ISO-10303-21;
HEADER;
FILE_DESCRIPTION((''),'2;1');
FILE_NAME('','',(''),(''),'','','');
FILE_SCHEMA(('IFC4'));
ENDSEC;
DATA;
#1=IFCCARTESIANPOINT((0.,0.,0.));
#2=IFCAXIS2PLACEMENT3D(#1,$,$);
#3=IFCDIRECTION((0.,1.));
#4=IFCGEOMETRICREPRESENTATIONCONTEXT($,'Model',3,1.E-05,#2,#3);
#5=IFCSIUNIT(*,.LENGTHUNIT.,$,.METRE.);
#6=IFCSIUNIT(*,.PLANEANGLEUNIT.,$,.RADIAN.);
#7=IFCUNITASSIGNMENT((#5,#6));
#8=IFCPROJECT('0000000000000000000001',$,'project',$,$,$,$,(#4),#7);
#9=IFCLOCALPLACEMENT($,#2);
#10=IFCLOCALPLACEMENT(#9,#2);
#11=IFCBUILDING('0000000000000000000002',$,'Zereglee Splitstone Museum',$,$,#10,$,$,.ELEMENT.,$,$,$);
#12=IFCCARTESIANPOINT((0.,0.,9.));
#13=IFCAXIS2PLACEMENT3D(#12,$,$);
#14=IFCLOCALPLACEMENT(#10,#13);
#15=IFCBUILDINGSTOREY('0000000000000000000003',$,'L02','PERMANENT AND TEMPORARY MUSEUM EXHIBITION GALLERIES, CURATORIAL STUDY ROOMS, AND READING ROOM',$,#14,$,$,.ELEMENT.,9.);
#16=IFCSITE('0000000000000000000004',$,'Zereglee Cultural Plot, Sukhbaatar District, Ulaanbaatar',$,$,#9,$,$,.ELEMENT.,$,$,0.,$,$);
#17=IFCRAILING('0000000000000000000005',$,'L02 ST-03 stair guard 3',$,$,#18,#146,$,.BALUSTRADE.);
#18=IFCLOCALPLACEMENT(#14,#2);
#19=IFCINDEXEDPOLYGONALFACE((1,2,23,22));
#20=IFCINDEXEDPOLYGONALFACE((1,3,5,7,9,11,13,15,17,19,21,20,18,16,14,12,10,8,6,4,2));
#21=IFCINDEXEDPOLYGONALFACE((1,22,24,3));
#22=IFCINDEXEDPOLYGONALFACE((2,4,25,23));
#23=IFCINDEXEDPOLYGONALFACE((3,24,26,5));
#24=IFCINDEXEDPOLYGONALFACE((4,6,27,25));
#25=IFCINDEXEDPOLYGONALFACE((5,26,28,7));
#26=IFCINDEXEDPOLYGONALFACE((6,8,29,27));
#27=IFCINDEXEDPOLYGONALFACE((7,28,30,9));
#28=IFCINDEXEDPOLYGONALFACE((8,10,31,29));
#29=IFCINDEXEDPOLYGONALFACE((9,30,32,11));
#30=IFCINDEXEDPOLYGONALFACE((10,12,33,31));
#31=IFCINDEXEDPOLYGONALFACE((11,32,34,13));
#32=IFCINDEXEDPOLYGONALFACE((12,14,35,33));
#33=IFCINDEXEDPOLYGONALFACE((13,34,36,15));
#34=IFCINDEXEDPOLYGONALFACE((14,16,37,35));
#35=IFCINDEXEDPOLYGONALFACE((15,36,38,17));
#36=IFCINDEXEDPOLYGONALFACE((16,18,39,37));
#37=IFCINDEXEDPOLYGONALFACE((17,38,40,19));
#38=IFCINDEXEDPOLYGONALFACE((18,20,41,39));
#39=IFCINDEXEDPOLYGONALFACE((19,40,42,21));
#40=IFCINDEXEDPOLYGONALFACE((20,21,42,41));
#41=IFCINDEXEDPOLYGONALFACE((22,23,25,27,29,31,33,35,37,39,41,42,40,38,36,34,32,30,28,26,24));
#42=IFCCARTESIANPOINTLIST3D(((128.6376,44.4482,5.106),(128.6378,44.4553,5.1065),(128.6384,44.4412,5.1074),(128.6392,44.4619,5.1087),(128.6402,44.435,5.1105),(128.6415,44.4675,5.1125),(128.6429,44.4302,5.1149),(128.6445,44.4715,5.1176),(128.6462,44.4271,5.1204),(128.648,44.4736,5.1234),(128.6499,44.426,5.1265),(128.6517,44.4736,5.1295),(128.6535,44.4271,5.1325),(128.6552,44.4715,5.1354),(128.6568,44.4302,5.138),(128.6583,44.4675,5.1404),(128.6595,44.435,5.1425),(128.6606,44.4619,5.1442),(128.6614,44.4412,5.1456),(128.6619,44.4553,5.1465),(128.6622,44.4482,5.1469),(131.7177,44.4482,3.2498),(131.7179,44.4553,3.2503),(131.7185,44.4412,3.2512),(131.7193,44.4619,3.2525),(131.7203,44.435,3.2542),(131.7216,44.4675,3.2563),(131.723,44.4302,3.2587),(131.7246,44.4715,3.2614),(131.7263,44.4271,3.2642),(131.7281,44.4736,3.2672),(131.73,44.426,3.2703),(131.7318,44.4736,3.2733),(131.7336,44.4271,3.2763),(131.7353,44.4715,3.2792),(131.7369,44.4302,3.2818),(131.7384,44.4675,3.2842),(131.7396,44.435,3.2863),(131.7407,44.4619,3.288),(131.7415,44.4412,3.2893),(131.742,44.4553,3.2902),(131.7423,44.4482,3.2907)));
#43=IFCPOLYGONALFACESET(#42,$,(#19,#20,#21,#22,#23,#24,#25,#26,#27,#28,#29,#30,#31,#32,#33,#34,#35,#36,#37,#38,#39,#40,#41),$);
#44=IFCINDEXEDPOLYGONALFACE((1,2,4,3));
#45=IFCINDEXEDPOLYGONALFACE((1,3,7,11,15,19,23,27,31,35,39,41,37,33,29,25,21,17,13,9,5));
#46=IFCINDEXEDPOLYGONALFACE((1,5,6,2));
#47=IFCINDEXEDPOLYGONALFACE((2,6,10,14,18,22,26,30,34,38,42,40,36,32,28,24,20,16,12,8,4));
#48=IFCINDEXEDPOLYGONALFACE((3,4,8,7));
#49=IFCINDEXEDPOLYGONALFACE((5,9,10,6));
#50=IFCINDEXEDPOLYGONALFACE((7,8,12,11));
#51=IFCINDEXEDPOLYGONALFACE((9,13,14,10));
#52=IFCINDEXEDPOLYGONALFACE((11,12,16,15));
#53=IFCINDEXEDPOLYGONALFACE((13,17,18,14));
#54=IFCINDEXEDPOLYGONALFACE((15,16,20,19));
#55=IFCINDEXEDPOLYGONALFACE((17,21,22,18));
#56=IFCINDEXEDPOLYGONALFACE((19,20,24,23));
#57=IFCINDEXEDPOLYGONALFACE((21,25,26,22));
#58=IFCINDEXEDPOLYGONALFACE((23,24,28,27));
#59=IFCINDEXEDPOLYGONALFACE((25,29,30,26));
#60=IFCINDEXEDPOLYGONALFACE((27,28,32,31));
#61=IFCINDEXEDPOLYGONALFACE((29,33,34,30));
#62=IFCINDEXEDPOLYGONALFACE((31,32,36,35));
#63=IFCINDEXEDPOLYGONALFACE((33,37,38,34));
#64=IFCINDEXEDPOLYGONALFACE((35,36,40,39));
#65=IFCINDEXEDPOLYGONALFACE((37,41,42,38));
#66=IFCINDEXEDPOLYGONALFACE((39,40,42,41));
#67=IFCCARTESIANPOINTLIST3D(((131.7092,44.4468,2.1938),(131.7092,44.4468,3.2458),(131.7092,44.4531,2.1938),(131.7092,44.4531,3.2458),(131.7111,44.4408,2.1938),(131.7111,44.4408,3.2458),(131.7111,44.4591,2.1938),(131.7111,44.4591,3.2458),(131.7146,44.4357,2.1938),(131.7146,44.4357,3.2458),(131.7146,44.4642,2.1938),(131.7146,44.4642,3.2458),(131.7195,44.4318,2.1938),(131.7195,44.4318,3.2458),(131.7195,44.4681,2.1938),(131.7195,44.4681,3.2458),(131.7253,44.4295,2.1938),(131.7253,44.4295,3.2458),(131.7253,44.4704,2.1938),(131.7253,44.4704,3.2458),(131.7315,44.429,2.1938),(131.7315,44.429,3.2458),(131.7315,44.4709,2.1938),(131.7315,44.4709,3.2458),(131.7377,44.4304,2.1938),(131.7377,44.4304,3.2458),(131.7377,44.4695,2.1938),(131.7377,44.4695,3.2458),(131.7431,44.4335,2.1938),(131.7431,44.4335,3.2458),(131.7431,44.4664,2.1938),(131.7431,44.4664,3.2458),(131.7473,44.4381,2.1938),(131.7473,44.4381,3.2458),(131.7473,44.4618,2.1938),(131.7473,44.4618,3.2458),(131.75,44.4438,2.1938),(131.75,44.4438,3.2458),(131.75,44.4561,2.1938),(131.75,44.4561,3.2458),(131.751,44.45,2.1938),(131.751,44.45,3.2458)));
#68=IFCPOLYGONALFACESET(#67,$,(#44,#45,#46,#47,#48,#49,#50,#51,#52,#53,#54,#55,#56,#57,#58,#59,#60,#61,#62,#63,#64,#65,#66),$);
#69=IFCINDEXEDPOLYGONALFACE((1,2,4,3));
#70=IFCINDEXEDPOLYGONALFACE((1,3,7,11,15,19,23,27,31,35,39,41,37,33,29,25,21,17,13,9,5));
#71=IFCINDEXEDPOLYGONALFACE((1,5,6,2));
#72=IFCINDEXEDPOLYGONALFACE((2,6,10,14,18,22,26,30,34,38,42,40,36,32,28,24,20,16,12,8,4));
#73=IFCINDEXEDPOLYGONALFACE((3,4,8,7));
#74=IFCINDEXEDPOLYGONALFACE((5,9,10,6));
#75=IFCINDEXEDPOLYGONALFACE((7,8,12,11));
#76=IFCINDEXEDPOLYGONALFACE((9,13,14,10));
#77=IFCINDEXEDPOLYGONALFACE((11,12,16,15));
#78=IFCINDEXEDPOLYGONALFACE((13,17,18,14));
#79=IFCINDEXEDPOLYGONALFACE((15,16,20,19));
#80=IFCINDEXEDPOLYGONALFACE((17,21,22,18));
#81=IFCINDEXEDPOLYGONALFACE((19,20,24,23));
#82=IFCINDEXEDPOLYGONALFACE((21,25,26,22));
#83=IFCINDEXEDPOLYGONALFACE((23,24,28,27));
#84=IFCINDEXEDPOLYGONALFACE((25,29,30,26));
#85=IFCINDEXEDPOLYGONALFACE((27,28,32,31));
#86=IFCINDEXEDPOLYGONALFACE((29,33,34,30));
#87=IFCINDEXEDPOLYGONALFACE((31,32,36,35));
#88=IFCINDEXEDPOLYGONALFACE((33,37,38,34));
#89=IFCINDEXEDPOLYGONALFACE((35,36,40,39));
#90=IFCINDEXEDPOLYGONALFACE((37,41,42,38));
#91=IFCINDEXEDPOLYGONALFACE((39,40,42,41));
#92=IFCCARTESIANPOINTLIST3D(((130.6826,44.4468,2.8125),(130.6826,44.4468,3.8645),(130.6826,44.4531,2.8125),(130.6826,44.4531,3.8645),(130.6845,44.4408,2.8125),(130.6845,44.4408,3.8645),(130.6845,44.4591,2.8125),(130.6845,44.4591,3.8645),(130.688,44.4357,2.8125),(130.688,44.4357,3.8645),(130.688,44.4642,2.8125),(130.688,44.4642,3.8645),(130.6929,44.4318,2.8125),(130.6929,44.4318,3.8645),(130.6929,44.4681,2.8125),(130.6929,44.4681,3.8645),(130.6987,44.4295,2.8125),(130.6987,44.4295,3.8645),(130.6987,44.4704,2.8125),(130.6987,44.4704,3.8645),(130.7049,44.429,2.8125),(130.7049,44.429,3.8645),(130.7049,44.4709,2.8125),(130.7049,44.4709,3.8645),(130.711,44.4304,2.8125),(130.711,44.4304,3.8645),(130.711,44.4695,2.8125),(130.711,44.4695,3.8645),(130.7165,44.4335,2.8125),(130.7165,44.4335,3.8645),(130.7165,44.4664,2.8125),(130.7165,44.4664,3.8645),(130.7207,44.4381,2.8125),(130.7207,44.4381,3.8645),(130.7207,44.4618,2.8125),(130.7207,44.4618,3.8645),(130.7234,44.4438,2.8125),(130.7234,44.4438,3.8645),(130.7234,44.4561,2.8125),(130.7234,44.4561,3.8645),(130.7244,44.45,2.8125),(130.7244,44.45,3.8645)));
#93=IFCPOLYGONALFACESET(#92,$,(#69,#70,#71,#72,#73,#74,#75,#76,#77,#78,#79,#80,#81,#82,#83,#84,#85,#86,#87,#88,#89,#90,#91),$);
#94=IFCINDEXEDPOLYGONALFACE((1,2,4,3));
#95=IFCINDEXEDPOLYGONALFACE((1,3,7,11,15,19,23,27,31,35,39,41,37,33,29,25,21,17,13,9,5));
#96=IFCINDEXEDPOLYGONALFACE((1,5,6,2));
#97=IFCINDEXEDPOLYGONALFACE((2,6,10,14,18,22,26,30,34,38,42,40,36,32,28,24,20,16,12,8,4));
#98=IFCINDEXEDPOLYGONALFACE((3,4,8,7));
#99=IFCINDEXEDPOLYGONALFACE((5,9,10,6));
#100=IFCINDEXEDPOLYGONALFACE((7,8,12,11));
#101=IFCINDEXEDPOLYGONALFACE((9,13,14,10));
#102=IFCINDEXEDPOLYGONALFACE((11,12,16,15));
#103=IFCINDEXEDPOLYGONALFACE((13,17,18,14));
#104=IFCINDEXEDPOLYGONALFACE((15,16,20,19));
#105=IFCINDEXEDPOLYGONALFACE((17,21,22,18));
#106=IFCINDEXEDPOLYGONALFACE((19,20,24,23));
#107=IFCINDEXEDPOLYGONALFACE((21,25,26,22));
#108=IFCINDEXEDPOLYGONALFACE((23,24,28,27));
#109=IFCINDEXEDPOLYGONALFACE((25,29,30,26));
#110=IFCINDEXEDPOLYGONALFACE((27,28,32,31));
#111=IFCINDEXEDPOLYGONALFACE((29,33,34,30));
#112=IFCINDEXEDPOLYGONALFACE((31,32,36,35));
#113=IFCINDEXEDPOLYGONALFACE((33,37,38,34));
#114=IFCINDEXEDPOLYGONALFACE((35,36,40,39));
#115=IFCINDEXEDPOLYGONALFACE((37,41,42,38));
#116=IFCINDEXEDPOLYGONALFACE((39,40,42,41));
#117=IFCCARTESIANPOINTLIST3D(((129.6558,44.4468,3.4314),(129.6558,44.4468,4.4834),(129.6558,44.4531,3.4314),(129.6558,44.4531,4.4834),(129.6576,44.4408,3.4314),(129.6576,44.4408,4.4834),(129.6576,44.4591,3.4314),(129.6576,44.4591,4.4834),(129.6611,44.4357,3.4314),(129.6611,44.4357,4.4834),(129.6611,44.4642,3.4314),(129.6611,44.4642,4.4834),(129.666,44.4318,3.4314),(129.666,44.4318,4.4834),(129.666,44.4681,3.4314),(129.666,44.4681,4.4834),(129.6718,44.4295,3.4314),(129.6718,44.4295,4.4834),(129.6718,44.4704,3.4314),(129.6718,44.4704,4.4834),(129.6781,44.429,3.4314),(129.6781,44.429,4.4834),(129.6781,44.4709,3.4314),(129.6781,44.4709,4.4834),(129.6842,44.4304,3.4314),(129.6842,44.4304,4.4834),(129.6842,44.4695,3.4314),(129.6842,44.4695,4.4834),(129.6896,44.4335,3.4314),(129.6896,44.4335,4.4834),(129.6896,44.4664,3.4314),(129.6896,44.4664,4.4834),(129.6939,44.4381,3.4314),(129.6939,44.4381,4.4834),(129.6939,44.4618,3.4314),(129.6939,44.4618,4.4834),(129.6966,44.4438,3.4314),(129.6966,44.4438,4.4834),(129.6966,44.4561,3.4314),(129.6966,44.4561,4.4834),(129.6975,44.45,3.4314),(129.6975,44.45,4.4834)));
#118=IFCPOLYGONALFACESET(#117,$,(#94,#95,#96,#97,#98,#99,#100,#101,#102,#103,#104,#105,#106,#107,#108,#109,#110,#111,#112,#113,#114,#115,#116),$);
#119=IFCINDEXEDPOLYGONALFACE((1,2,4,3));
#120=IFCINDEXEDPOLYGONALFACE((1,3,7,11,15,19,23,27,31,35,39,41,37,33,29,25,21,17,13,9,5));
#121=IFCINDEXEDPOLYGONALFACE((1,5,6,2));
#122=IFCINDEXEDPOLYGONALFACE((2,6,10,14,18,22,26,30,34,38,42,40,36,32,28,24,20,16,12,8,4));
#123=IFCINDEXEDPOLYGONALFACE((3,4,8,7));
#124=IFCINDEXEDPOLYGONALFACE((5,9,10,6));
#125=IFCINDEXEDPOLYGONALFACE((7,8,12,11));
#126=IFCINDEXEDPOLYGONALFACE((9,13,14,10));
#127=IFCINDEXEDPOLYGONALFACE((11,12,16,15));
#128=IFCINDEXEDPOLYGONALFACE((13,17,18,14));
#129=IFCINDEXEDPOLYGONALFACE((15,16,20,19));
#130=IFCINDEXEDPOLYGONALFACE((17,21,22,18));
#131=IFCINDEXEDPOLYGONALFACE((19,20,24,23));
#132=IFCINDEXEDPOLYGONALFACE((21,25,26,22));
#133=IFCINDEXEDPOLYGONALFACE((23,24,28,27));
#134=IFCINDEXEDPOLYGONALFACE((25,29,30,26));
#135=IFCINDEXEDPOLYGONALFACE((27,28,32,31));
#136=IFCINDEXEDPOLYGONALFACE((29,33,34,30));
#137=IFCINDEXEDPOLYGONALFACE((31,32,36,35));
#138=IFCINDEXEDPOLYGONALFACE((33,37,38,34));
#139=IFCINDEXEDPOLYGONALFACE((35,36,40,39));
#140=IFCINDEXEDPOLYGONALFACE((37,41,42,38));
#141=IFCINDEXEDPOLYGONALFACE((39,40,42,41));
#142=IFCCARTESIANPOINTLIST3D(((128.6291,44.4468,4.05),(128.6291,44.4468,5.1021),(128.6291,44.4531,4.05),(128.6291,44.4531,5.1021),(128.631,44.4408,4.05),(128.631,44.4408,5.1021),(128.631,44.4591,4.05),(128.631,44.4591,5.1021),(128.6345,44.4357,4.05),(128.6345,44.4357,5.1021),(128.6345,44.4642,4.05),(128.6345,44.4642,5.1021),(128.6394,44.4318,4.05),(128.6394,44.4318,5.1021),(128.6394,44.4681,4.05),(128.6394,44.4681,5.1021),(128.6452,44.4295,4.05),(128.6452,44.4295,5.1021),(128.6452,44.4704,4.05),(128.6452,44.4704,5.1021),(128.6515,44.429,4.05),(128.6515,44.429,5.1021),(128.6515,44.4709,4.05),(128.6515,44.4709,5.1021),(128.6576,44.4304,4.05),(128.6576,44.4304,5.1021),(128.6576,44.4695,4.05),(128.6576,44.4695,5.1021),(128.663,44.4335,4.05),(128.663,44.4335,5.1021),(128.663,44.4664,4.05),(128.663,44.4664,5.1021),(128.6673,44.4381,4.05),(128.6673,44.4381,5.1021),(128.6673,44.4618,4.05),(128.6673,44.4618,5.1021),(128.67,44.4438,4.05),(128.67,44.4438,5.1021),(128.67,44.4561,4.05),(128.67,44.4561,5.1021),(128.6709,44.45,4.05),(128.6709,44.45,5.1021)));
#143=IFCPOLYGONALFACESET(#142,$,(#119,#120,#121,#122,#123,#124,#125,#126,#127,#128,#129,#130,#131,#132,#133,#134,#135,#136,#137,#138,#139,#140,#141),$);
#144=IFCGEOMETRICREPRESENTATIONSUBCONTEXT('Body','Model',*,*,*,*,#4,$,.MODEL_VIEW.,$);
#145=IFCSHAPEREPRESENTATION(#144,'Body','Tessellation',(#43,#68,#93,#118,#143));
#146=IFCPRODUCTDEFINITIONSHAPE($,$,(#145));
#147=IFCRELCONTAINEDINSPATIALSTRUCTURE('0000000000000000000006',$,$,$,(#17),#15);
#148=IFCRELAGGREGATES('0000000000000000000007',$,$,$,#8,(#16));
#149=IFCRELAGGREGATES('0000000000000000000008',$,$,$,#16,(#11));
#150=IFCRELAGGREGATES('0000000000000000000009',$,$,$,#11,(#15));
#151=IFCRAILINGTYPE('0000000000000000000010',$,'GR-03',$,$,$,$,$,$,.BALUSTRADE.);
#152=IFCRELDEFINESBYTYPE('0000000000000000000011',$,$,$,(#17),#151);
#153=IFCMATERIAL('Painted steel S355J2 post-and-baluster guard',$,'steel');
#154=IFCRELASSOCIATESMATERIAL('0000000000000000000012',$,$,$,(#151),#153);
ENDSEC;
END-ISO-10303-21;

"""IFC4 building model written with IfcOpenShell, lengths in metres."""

from ifc_helpers import new_model, si_unit, direction, frame, origin, origin_2d, place, context, subcontext, project, spatial, circle, extrude, material, type_object, element, save


model = new_model("IFC4")

# Units and contexts
model_context = context("Model", 3, precision=1e-05, world=origin(), true_north=direction((0.0, 1.0)))
body_context = subcontext(model_context, "Body", "Model", "MODEL_VIEW")
ifc_project = project(units=[si_unit("LENGTHUNIT", "METRE"), si_unit("PLANEANGLEUNIT", "RADIAN")], contexts=[model_context])

# Site, building, storey
site_placement = place(None, origin())
site = spatial("IfcSite", under=ifc_project, at=site_placement, Name="Zereglee Cultural Plot, Sukhbaatar District, Ulaanbaatar", CompositionType="ELEMENT", RefElevation=0.0)
building_placement = place(site_placement, origin())
building = spatial("IfcBuilding", under=site, at=building_placement, Name="Zereglee Splitstone Museum", CompositionType="ELEMENT")
storey_placement = place(building_placement, frame((0.0, 0.0, 9.0)))
storey = spatial("IfcBuildingStorey", under=building, at=storey_placement, Name="L02", Description="PERMANENT AND TEMPORARY MUSEUM EXHIBITION GALLERIES, CURATORIAL STUDY ROOMS, AND READING ROOM", CompositionType="ELEMENT", Elevation=9.0)

# Railing
ifc_material_1 = material(Name="Painted steel S355J2 post-and-baluster guard", Category="steel")
railing_type_1 = type_object("IfcRailingType", Name="GR-03", PredefinedType="BALUSTRADE", material=ifc_material_1)
railing_1_placement = place(storey_placement, frame((131.73, 44.45, 2.1938)))
element("IfcRailing", 1, at=railing_1_placement, inside=storey, type_object=railing_type_1, Name="L02 ST-03 stair guard 3", PredefinedType="BALUSTRADE", context=body_context, shape_type="SweptSolid", body=[
    extrude(circle(Radius=0.0239, at=origin_2d()), frame((0.0, 0.0, 1.0764), z_axis=(-0.856491, 0.0, 0.516162), x_axis=(0.0, -1.0, 0.0)), (0.0, 0.0, 1.0), 3.5962),
    extrude(circle(Radius=0.021, at=origin_2d()), origin(), (0.0, 0.0, 1.0), 1.052),
    extrude(circle(Radius=0.021, at=origin_2d()), frame((-1.0266, 0.0, 0.6187)), (0.0, 0.0, 1.0), 1.052),
    extrude(circle(Radius=0.021, at=origin_2d()), frame((-2.0535, 0.0, 1.2375)), (0.0, 0.0, 1.0), 1.052),
    extrude(circle(Radius=0.021, at=origin_2d()), frame((-3.0801, 0.0, 1.8562)), (0.0, 0.0, 1.0), 1.052),
])

save(model, "model.ifc")
